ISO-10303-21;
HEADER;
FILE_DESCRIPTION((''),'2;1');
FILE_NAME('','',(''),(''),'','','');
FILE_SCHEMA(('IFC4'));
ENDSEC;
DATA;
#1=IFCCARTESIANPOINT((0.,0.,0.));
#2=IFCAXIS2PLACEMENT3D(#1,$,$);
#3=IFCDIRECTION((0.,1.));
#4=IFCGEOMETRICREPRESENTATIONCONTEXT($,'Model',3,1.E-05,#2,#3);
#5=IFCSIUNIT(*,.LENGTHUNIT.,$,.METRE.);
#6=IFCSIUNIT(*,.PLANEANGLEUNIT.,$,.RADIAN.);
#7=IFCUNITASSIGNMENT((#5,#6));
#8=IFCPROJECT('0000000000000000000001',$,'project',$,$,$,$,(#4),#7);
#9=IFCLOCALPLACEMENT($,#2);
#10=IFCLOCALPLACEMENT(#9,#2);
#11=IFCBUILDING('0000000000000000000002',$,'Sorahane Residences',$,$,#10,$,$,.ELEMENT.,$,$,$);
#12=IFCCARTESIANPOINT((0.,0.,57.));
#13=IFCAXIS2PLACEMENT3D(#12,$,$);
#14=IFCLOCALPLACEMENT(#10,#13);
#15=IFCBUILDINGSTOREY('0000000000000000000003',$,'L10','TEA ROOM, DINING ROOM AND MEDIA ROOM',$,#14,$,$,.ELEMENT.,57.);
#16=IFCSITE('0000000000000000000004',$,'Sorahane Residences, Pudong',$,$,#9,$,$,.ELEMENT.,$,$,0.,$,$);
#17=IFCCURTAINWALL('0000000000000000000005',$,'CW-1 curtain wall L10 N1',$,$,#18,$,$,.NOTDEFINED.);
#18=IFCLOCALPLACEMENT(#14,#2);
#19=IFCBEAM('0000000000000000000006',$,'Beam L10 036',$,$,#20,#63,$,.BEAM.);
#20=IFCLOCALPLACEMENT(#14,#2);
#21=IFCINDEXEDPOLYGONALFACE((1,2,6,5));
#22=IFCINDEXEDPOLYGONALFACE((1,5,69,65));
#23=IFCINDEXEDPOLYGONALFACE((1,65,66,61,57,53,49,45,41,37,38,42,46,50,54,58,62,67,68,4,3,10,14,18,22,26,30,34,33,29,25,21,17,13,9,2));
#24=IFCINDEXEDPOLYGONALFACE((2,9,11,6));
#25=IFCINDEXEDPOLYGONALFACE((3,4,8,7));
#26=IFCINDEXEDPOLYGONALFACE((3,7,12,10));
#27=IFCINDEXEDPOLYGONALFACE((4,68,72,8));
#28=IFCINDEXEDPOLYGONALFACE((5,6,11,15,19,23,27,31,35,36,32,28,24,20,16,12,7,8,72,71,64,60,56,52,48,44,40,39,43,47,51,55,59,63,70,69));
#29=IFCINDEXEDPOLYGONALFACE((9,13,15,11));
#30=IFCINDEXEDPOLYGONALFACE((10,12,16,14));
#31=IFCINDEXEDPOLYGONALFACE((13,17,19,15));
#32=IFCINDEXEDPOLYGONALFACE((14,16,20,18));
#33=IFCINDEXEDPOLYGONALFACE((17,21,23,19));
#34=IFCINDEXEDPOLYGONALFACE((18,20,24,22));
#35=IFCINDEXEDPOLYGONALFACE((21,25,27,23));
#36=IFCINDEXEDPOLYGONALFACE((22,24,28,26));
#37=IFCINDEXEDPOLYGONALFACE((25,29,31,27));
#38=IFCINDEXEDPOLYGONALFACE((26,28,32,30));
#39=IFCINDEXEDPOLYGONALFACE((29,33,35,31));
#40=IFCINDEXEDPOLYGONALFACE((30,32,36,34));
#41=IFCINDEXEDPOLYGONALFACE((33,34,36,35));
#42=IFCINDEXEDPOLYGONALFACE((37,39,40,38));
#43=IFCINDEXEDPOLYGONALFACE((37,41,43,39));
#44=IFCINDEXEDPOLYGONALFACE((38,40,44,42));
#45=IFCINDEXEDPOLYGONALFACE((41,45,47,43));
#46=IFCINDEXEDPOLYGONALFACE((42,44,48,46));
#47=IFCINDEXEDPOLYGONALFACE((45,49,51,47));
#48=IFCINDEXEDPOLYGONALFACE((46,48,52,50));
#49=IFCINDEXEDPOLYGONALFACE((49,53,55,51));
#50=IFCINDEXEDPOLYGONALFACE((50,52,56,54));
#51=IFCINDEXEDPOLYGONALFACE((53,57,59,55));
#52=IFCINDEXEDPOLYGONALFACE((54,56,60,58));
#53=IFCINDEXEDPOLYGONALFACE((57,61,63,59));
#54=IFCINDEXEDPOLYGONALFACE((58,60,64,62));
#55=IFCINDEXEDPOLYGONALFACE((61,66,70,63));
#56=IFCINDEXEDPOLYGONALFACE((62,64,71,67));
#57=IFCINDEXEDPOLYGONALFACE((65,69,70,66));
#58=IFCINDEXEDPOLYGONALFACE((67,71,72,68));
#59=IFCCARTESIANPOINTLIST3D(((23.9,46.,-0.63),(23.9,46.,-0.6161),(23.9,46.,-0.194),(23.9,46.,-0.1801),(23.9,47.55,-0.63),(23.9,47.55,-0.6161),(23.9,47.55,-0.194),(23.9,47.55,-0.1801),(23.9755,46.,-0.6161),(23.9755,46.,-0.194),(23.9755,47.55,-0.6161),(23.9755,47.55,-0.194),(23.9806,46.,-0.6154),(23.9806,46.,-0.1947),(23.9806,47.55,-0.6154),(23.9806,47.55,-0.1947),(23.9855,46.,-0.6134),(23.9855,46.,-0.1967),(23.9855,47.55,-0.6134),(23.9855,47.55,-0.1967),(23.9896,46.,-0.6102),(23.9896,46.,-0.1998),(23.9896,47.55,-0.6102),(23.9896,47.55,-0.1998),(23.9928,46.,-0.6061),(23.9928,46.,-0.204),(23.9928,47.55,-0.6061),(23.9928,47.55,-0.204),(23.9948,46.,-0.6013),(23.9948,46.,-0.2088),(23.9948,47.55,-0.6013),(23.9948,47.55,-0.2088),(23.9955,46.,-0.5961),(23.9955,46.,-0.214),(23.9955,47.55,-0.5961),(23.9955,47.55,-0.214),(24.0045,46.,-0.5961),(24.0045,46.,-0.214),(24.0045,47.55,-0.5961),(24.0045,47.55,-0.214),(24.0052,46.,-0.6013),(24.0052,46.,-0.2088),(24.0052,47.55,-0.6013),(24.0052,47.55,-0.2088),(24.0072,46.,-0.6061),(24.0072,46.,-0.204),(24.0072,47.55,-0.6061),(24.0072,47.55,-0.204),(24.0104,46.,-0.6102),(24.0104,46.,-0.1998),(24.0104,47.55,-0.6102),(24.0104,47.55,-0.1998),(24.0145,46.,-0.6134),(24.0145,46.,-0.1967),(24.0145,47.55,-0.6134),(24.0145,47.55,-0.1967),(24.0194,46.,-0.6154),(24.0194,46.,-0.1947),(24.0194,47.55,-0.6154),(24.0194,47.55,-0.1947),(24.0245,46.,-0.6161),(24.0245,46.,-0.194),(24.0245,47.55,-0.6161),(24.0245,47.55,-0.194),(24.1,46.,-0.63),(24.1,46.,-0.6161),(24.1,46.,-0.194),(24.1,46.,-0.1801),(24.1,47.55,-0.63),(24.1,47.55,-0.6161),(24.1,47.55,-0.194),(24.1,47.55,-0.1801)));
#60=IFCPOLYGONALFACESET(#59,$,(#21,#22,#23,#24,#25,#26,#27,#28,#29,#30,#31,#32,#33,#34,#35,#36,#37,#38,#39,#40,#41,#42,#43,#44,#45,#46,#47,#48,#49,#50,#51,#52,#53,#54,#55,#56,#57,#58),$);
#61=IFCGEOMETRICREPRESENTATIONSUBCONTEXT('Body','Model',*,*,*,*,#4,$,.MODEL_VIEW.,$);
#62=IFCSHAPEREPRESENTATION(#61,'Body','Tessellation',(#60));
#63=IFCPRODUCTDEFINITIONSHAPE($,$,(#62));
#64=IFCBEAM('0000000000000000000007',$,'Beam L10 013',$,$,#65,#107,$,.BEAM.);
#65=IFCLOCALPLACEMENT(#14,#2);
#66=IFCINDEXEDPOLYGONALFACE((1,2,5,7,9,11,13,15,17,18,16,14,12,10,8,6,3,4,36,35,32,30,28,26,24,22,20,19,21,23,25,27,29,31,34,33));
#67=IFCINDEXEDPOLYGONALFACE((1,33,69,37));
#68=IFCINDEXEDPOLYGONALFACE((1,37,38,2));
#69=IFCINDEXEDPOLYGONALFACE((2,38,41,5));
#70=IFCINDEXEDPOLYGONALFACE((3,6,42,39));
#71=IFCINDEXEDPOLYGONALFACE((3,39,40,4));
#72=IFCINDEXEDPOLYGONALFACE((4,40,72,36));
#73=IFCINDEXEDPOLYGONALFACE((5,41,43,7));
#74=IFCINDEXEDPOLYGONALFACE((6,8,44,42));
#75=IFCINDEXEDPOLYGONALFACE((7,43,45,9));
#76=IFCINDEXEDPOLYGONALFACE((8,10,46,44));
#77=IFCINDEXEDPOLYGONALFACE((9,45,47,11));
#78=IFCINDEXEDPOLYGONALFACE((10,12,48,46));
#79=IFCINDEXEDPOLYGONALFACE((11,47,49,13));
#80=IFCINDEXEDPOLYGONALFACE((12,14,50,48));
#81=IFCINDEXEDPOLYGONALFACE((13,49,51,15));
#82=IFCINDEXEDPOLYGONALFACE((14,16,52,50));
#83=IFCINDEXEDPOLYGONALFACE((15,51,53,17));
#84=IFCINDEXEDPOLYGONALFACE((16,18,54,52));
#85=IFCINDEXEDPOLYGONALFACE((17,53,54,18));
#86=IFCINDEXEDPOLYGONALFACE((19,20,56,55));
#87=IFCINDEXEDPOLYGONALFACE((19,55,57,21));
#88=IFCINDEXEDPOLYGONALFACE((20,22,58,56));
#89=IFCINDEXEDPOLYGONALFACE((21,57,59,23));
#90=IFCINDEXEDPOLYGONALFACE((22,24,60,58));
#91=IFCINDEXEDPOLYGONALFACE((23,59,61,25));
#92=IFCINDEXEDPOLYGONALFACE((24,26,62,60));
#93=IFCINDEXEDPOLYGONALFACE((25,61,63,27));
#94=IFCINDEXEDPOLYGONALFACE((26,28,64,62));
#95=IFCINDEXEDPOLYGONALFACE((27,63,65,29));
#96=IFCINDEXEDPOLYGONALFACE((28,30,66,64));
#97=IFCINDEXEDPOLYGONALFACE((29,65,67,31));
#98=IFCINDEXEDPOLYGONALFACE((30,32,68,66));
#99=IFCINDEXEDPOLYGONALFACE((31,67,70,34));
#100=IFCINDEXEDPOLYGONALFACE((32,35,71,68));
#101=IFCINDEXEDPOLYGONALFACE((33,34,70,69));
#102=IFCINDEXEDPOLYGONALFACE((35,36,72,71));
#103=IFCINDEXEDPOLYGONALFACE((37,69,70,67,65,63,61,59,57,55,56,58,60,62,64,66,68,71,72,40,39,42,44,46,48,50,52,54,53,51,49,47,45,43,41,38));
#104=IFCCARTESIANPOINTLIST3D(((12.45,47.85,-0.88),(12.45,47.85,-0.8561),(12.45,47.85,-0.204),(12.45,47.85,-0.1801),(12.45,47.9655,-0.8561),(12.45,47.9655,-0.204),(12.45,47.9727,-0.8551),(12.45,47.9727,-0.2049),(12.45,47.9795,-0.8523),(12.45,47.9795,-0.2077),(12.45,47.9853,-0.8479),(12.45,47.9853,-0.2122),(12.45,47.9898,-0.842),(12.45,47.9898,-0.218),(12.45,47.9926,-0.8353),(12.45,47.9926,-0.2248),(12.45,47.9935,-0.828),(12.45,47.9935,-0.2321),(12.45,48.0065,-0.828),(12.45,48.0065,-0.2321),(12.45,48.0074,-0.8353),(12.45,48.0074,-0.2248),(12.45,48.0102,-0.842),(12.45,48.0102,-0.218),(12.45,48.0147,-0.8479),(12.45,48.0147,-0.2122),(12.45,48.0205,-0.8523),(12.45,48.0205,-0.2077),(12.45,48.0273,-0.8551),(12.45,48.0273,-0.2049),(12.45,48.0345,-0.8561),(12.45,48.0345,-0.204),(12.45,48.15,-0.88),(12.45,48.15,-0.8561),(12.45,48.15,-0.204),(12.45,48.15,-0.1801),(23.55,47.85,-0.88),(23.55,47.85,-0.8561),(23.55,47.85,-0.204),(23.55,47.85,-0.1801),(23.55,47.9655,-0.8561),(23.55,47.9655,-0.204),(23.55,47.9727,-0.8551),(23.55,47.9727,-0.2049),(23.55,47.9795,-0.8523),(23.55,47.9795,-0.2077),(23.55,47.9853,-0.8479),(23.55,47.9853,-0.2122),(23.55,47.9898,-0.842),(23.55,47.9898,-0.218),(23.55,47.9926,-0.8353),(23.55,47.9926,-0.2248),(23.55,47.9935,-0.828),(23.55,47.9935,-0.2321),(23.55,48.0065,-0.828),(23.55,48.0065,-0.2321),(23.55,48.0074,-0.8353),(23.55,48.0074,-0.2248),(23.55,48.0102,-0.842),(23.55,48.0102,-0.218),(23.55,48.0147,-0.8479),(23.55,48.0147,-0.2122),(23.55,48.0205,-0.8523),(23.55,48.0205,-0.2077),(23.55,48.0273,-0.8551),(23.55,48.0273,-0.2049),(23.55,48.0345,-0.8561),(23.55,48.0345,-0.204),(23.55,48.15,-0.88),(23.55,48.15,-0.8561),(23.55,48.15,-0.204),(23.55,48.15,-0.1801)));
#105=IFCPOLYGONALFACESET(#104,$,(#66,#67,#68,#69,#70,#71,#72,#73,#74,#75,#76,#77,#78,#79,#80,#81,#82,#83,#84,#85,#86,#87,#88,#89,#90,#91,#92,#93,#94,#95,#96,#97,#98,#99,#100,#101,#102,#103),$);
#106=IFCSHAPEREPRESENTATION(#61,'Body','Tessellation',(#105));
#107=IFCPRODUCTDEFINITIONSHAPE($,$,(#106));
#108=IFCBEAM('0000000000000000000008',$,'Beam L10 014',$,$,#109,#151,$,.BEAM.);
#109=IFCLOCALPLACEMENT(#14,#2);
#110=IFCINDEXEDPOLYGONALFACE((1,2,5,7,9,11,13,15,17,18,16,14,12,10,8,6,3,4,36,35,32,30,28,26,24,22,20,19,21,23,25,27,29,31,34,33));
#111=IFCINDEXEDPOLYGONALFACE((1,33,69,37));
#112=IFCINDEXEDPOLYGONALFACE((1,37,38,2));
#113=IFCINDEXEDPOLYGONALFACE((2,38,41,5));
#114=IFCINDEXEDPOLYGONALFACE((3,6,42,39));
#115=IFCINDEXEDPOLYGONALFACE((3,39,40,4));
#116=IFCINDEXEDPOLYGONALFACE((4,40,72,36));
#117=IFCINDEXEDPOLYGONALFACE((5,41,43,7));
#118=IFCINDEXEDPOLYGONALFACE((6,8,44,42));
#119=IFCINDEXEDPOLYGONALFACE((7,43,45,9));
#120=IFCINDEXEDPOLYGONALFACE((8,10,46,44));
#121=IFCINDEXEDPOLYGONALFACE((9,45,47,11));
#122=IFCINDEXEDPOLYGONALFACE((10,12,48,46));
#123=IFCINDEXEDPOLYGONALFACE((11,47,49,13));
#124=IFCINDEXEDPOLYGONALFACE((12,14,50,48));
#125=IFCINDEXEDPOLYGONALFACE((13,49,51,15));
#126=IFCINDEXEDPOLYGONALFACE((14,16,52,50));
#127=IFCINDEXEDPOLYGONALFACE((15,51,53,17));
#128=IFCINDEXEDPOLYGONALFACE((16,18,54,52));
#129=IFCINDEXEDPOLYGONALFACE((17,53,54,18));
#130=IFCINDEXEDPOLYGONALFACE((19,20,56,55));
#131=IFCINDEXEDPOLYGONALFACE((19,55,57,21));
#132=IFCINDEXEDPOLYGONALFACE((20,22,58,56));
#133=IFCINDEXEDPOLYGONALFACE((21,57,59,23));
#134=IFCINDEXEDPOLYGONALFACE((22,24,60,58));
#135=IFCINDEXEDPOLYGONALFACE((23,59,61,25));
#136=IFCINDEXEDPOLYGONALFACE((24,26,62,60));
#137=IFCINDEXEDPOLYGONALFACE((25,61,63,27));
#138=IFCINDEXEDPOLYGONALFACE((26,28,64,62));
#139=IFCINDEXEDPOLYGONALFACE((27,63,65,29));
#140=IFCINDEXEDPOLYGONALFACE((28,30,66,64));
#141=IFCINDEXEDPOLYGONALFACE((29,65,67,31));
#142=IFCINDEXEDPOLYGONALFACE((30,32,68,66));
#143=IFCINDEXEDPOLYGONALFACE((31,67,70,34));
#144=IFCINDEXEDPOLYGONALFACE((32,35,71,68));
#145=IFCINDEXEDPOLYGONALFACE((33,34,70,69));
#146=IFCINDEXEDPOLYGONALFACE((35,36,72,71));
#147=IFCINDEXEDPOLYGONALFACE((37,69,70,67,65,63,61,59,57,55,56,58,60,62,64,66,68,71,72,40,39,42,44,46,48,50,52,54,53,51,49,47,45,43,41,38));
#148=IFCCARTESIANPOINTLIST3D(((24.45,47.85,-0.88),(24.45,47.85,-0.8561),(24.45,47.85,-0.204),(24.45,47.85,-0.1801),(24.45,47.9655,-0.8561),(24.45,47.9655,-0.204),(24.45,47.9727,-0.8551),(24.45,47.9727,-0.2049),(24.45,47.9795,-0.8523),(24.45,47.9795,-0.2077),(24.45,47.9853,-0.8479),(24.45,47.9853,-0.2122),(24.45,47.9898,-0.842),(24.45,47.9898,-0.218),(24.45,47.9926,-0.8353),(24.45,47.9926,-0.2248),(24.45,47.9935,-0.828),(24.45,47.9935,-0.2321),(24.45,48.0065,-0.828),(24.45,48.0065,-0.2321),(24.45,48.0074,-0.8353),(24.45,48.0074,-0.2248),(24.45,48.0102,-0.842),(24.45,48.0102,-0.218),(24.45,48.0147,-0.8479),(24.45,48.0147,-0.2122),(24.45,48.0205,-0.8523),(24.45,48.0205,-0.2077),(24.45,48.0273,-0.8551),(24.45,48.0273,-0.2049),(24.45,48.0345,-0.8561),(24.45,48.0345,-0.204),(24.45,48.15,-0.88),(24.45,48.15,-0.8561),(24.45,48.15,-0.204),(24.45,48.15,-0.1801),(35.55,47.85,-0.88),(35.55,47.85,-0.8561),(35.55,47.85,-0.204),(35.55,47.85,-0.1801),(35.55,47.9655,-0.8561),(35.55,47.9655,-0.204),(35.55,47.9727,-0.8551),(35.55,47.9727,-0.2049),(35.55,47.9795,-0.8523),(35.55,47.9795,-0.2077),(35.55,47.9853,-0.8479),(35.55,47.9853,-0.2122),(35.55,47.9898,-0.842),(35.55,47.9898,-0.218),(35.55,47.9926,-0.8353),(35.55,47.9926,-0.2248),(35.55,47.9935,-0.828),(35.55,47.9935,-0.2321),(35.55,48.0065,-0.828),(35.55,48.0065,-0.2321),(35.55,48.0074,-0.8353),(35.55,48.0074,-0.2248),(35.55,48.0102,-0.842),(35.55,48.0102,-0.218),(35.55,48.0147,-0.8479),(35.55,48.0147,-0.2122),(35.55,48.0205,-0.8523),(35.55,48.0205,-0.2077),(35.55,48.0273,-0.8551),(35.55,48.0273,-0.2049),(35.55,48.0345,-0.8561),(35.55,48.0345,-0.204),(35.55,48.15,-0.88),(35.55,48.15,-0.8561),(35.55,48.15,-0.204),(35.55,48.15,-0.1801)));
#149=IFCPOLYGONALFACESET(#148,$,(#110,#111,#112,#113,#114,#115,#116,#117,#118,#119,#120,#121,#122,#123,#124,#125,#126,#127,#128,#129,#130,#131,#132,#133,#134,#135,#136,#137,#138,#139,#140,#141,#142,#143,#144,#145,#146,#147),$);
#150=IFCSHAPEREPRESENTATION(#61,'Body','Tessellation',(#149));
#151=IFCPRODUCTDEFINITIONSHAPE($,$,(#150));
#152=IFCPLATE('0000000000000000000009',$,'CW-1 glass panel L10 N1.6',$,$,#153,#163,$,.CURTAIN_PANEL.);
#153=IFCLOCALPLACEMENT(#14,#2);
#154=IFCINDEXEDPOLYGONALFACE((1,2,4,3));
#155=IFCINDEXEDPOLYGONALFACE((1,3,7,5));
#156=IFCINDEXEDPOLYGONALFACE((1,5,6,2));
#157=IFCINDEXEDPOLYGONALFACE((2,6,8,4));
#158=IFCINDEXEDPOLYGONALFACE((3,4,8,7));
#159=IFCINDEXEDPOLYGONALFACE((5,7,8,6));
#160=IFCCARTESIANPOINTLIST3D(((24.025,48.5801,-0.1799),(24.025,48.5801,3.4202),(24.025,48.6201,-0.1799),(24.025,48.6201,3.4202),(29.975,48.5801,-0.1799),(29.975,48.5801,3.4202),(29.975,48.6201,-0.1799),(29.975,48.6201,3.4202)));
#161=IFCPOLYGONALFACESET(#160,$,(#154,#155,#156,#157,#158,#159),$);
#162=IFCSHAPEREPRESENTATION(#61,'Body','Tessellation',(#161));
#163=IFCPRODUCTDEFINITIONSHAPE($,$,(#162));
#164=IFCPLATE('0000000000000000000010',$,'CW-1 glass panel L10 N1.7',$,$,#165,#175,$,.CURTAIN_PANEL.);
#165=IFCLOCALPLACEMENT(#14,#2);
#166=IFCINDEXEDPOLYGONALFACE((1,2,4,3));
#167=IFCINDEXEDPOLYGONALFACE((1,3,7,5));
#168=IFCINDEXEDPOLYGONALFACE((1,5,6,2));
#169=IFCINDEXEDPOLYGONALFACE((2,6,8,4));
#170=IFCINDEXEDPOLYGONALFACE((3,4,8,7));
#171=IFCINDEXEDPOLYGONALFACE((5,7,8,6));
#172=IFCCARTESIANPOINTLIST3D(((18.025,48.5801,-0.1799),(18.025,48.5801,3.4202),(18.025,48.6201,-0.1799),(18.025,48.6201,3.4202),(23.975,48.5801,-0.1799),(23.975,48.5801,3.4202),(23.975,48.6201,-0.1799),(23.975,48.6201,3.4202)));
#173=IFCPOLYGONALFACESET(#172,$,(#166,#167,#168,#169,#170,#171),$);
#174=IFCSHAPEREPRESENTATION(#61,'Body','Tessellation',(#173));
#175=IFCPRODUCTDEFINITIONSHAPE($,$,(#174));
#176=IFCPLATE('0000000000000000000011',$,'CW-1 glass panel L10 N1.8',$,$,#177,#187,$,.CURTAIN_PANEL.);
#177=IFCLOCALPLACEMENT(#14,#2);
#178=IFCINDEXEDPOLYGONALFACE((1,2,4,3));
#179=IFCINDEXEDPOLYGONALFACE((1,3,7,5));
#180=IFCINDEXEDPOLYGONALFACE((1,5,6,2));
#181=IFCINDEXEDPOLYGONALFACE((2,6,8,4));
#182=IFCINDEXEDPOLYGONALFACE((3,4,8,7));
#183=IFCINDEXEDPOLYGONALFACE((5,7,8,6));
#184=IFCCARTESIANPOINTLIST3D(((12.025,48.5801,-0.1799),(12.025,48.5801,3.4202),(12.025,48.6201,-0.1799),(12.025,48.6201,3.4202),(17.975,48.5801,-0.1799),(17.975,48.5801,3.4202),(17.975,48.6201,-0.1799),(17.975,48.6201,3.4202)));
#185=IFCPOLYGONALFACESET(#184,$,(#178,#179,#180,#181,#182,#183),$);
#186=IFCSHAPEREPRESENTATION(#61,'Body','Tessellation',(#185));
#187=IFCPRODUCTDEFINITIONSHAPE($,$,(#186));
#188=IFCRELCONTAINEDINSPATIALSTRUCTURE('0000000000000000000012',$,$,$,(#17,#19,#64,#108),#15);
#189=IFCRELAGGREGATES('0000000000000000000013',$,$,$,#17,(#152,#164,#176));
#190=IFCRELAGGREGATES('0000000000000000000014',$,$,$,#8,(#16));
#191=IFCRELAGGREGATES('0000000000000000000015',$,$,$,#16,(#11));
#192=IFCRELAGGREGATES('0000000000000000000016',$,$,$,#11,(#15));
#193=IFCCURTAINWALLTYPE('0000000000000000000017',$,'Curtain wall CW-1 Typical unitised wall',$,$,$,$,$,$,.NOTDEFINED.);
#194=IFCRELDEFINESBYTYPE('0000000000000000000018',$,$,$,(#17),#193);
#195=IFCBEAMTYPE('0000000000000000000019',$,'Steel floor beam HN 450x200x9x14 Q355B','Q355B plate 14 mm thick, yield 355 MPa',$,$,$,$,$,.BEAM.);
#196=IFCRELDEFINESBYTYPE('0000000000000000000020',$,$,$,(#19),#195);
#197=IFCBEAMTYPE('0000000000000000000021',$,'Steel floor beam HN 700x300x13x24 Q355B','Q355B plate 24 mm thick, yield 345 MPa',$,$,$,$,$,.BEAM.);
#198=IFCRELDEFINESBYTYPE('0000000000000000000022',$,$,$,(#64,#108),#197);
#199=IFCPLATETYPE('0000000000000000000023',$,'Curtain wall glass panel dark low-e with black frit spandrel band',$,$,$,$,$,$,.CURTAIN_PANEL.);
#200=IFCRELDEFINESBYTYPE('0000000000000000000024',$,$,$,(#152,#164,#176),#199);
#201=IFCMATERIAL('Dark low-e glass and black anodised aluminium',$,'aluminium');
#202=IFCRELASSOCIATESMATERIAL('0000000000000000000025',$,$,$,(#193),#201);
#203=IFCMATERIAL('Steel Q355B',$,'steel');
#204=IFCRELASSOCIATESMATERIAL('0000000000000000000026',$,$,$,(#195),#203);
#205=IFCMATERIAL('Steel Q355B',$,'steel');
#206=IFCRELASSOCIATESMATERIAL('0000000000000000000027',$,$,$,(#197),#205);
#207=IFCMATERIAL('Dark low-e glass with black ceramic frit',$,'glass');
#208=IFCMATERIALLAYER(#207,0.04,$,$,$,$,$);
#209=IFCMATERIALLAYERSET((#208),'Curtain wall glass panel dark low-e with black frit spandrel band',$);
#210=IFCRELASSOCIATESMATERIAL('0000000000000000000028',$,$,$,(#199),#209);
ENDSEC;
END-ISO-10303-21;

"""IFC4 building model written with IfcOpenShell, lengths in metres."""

from ifc_helpers import new_model, si_unit, direction, frame, origin, origin_2d, place, context, subcontext, project, spatial, rectangle, i_section, extrude, material, layer, layer_set, material_profile, profile_set, type_object, element, aggregate, save


model = new_model("IFC4")

# Units and contexts
model_context = context("Model", 3, precision=1e-05, world=origin(), true_north=direction((0.0, 1.0)))
body_context = subcontext(model_context, "Body", "Model", "MODEL_VIEW")
ifc_project = project(units=[si_unit("LENGTHUNIT", "METRE"), si_unit("PLANEANGLEUNIT", "RADIAN")], contexts=[model_context])

# Site, building, storey
site_placement = place(None, origin())
site = spatial("IfcSite", under=ifc_project, at=site_placement, Name="Sorahane Residences, Pudong", CompositionType="ELEMENT", RefElevation=0.0)
building_placement = place(site_placement, origin())
building = spatial("IfcBuilding", under=site, at=building_placement, Name="Sorahane Residences", CompositionType="ELEMENT")
storey_placement = place(building_placement, frame((0.0, 0.0, 57.0)))
storey = spatial("IfcBuildingStorey", under=building, at=storey_placement, Name="L10", Description="TEA ROOM, DINING ROOM AND MEDIA ROOM", CompositionType="ELEMENT", Elevation=57.0)

# Curtain wall
ifc_material_1 = material(Name="Dark low-e glass and black anodised aluminium", Category="aluminium")
curtain_wall_type = type_object("IfcCurtainWallType", Name="Curtain wall CW-1 Typical unitised wall", PredefinedType="NOTDEFINED", material=ifc_material_1)
curtain_wall_placement = place(storey_placement, origin())
curtain_wall = element("IfcCurtainWall", 1, at=curtain_wall_placement, inside=storey, type_object=curtain_wall_type, Name="CW-1 curtain wall L10 N1", PredefinedType="NOTDEFINED")

# Beams
ifc_material_2 = material(Name="Steel Q355B", Category="steel")
ifc_material_profile_1 = material_profile(ifc_material_2, i_section(OverallWidth=0.2, OverallDepth=0.45, WebThickness=0.009, FlangeThickness=0.0139, FilletRadius=0.02, at=origin_2d()), Name="HN 450x200x9x14")
ifc_profile_set_1 = profile_set([ifc_material_profile_1], Name="Steel Q355B")
beam_type_1 = type_object("IfcBeamType", Name="Steel floor beam HN 450x200x9x14 Q355B", Description="Q355B plate 14 mm thick, yield 355 MPa", PredefinedType="BEAM", material=ifc_profile_set_1)
beam_1_placement = place(storey_placement, frame((24.0, 46.0, -0.405), z_axis=(0.0, 1.0, 0.0), x_axis=(-1.0, 0.0, 0.0)))
element("IfcBeam", 2, at=beam_1_placement, inside=storey, type_object=beam_type_1, Name="Beam L10 036", PredefinedType="BEAM", context=body_context, shape_type="SweptSolid", body=[
    extrude(i_section(OverallWidth=0.2, OverallDepth=0.45, WebThickness=0.009, FlangeThickness=0.0139, FilletRadius=0.02, at=origin_2d()), origin(), (0.0, 0.0, 1.0), 1.55),
])
ifc_material_3 = material(Name="Steel Q355B", Category="steel")
ifc_material_profile_2 = material_profile(ifc_material_3, i_section(OverallWidth=0.3, OverallDepth=0.7, WebThickness=0.0129, FlangeThickness=0.0239, FilletRadius=0.0281, at=origin_2d()), Name="HN 700x300x13x24")
ifc_profile_set_2 = profile_set([ifc_material_profile_2], Name="Steel Q355B")
beam_type_2 = type_object("IfcBeamType", Name="Steel floor beam HN 700x300x13x24 Q355B", Description="Q355B plate 24 mm thick, yield 345 MPa", PredefinedType="BEAM", material=ifc_profile_set_2)
for number, where, z_axis, x_axis, name in (
    (3, (12.45, 48.0, -0.53), (1.0, 0.0, 0.0), (0.0, 1.0, 0.0), "Beam L10 013"),
    (4, (24.45, 48.0, -0.53), (1.0, 0.0, 0.0), (0.0, 1.0, 0.0), "Beam L10 014"),
):
    element("IfcBeam", number, at=place(storey_placement, frame(where, z_axis=z_axis, x_axis=x_axis)), inside=storey, type_object=beam_type_2, Name=name, PredefinedType="BEAM", context=body_context, shape_type="SweptSolid", body=[
        extrude(i_section(OverallWidth=0.3, OverallDepth=0.7, WebThickness=0.0129, FlangeThickness=0.0239, FilletRadius=0.0281, at=origin_2d()), origin(), (0.0, 0.0, 1.0), 11.1001),
    ])

# Plates
ifc_material_4 = material(Name="Dark low-e glass with black ceramic frit", Category="glass")
ifc_layer_1 = layer(ifc_material_4, 0.04)
ifc_layer_set_1 = layer_set([ifc_layer_1], Name="Curtain wall glass panel dark low-e with black frit spandrel band")
plate_type = type_object("IfcPlateType", Name="Curtain wall glass panel dark low-e with black frit spandrel band", PredefinedType="CURTAIN_PANEL", material=ifc_layer_set_1)
plate_1_placement = place(storey_placement, frame((27.0, 48.6001, -0.1799), z_axis=(0.0, 0.0, 1.0), x_axis=(-1.0, 0.0, 0.0)))
plate_1 = element("IfcPlate", 5, at=plate_1_placement, type_object=plate_type, Name="CW-1 glass panel L10 N1.6", PredefinedType="CURTAIN_PANEL", context=body_context, shape_type="SweptSolid", body=[
    extrude(rectangle(XDim=5.95, YDim=0.04, at=origin_2d()), origin(), (0.0, 0.0, 1.0), 3.6001),
])
plate_2_placement = place(storey_placement, frame((21.0, 48.6001, -0.1799), z_axis=(0.0, 0.0, 1.0), x_axis=(-1.0, 0.0, 0.0)))
plate_2 = element("IfcPlate", 6, at=plate_2_placement, type_object=plate_type, Name="CW-1 glass panel L10 N1.7", PredefinedType="CURTAIN_PANEL", context=body_context, shape_type="SweptSolid", body=[
    extrude(rectangle(XDim=5.95, YDim=0.04, at=origin_2d()), origin(), (0.0, 0.0, 1.0), 3.6001),
])
plate_3_placement = place(storey_placement, frame((15.0, 48.6001, -0.1799), z_axis=(0.0, 0.0, 1.0), x_axis=(-1.0, 0.0, 0.0)))
plate_3 = element("IfcPlate", 7, at=plate_3_placement, type_object=plate_type, Name="CW-1 glass panel L10 N1.8", PredefinedType="CURTAIN_PANEL", context=body_context, shape_type="SweptSolid", body=[
    extrude(rectangle(XDim=5.95, YDim=0.04, at=origin_2d()), origin(), (0.0, 0.0, 1.0), 3.6001),
])
aggregate(curtain_wall, [plate_1, plate_2, plate_3])

save(model, "model.ifc")
